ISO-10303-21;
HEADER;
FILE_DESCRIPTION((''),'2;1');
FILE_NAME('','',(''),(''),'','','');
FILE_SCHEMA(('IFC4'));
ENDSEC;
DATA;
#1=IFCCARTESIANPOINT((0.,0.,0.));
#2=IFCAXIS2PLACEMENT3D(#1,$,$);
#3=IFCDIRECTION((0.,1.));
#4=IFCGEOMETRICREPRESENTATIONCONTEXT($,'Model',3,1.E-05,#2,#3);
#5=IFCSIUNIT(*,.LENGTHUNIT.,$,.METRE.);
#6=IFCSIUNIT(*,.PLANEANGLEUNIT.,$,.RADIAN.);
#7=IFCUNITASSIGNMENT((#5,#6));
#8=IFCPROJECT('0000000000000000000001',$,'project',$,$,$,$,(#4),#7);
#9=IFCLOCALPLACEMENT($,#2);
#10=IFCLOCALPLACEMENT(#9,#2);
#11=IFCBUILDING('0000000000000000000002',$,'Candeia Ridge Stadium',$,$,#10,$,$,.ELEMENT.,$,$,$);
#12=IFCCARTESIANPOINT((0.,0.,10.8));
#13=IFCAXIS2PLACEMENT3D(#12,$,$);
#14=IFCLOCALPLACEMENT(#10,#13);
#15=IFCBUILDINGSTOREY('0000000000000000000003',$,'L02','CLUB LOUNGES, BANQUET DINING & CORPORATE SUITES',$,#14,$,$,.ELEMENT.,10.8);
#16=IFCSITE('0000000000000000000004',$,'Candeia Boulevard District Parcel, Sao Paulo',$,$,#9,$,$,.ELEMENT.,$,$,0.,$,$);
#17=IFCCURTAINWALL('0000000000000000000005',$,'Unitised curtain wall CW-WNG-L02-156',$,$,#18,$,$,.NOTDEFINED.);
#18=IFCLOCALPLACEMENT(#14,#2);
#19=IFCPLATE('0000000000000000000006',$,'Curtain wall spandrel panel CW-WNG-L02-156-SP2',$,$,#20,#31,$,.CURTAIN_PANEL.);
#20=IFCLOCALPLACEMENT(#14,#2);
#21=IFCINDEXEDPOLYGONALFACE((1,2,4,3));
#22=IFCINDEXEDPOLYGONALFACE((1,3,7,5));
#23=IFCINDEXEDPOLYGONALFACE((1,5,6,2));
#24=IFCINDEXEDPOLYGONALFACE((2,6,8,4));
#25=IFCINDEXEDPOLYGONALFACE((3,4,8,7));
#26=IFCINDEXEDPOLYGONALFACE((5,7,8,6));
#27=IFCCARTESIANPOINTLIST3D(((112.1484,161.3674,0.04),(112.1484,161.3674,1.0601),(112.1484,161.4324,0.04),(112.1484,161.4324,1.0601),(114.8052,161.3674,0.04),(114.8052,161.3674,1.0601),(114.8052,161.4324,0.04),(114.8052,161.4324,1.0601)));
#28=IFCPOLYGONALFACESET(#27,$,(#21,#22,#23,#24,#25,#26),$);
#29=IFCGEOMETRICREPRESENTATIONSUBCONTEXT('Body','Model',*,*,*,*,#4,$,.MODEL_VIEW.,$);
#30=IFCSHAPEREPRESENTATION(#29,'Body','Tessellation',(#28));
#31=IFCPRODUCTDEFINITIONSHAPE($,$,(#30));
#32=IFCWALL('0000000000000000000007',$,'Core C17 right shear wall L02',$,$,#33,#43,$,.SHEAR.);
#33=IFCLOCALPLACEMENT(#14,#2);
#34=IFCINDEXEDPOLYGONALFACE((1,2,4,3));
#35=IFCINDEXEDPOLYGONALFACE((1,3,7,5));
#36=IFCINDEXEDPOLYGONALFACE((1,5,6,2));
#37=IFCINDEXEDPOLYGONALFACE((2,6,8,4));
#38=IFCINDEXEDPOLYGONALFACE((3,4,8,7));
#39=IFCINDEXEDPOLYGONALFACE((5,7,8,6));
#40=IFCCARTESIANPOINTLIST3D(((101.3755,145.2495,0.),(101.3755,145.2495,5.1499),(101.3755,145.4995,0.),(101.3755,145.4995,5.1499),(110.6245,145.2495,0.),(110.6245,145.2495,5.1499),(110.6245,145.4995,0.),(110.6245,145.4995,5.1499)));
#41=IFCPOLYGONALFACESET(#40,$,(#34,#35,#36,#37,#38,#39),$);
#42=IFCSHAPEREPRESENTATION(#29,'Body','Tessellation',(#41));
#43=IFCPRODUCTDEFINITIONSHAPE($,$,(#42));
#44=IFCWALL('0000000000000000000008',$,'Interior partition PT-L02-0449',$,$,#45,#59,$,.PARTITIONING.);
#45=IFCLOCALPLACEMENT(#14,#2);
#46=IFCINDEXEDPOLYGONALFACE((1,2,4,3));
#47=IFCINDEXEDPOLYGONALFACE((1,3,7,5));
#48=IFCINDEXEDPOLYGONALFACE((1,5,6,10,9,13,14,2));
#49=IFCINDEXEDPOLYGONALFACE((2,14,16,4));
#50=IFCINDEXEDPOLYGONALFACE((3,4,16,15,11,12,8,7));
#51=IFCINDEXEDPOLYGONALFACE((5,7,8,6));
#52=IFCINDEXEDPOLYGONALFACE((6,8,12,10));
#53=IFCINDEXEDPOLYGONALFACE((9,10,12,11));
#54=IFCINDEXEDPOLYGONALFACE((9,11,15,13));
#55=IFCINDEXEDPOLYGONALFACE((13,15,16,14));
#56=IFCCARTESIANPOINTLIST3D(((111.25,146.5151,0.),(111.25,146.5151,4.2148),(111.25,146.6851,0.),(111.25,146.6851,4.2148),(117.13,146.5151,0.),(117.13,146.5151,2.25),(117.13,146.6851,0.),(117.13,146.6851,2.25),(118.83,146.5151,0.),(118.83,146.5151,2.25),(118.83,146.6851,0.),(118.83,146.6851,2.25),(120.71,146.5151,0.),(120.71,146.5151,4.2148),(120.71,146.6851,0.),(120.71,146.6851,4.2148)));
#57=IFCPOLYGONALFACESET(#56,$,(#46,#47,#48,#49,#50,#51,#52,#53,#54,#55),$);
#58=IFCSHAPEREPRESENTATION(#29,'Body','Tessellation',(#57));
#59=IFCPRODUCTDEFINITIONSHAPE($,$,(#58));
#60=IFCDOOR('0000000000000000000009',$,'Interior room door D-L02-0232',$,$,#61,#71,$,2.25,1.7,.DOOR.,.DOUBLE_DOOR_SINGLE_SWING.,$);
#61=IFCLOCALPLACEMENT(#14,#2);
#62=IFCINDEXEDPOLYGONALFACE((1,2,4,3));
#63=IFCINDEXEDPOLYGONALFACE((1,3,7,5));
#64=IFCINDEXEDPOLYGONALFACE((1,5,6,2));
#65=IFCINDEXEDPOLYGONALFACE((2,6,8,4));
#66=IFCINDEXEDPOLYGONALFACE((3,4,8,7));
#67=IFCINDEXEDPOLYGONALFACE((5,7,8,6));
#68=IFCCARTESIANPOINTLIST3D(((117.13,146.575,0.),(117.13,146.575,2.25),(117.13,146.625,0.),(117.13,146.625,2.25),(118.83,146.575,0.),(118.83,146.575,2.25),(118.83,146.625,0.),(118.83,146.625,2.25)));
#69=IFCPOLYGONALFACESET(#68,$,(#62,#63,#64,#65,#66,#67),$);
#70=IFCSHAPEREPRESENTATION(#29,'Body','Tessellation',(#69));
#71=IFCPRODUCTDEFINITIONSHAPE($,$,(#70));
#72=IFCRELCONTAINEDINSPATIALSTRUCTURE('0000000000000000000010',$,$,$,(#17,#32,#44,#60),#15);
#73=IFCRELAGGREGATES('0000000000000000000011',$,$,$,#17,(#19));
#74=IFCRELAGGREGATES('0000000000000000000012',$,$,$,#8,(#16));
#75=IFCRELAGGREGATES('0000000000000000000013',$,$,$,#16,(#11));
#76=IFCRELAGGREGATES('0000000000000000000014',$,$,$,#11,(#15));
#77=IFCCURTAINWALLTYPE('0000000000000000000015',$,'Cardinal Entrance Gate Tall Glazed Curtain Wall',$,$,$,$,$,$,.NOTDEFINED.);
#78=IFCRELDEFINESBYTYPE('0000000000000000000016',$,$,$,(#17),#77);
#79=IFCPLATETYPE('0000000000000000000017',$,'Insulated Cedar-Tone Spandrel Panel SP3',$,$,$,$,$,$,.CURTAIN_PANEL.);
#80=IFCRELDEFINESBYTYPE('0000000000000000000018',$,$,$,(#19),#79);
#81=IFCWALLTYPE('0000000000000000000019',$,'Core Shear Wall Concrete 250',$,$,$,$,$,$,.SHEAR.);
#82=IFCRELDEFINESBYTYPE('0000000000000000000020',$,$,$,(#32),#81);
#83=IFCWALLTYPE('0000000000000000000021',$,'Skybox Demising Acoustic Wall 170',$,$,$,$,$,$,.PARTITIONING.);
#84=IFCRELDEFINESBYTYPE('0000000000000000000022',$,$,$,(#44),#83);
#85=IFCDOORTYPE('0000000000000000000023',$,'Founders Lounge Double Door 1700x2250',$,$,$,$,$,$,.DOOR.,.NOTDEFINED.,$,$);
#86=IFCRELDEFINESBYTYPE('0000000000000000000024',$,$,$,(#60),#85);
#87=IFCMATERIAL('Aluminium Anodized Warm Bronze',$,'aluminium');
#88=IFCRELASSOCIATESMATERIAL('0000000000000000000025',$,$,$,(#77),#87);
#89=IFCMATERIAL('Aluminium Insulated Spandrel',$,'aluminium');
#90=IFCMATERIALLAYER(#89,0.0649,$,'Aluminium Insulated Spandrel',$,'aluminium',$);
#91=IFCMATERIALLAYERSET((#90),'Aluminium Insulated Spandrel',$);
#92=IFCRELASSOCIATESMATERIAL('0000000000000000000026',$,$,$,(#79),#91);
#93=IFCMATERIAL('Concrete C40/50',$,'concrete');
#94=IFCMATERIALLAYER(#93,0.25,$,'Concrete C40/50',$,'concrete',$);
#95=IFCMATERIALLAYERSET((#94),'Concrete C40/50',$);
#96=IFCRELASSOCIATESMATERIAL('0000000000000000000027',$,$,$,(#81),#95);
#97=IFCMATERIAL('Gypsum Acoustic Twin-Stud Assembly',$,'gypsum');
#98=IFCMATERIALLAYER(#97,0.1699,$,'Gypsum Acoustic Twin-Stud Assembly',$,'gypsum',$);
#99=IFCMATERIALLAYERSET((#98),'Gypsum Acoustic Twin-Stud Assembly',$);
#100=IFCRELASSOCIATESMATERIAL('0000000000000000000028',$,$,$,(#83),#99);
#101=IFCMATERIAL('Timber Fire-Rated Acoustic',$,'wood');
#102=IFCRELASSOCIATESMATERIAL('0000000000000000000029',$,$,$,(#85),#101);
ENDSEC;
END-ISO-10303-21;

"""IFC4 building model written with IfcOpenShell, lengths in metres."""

from ifc_helpers import new_model, si_unit, direction, frame, frame_2d, origin, origin_2d, place, context, subcontext, project, spatial, rectangle, extrude, material, layer, layer_set, type_object, element, fill, aggregate, save


model = new_model("IFC4")

# Units and contexts
model_context = context("Model", 3, precision=1e-05, world=origin(), true_north=direction((0.0, 1.0)))
body_context = subcontext(model_context, "Body", "Model", "MODEL_VIEW")
ifc_project = project(units=[si_unit("LENGTHUNIT", "METRE"), si_unit("PLANEANGLEUNIT", "RADIAN")], contexts=[model_context])

# Site, building, storey
site_placement = place(None, origin())
site = spatial("IfcSite", under=ifc_project, at=site_placement, Name="Candeia Boulevard District Parcel, Sao Paulo", CompositionType="ELEMENT", RefElevation=0.0)
building_placement = place(site_placement, origin())
building = spatial("IfcBuilding", under=site, at=building_placement, Name="Candeia Ridge Stadium", CompositionType="ELEMENT")
storey_placement = place(building_placement, frame((0.0, 0.0, 10.8)))
storey = spatial("IfcBuildingStorey", under=building, at=storey_placement, Name="L02", Description="CLUB LOUNGES, BANQUET DINING & CORPORATE SUITES", CompositionType="ELEMENT", Elevation=10.8)

# Curtain wall
ifc_material_1 = material(Name="Aluminium Anodized Warm Bronze", Category="aluminium")
curtain_wall_type = type_object("IfcCurtainWallType", Name="Cardinal Entrance Gate Tall Glazed Curtain Wall", PredefinedType="NOTDEFINED", material=ifc_material_1)
curtain_wall_placement = place(storey_placement, origin())
curtain_wall = element("IfcCurtainWall", 1, at=curtain_wall_placement, inside=storey, type_object=curtain_wall_type, Name="Unitised curtain wall CW-WNG-L02-156", PredefinedType="NOTDEFINED")

# Plate
ifc_material_2 = material(Name="Aluminium Insulated Spandrel", Category="aluminium")
ifc_layer_1 = layer(ifc_material_2, 0.0649, Name="Aluminium Insulated Spandrel", Category="aluminium")
ifc_layer_set_1 = layer_set([ifc_layer_1], Name="Aluminium Insulated Spandrel")
plate_type_1 = type_object("IfcPlateType", Name="Insulated Cedar-Tone Spandrel Panel SP3", PredefinedType="CURTAIN_PANEL", material=ifc_layer_set_1)
plate_1_placement = place(storey_placement, frame((113.4768, 161.3999, 0.04), z_axis=(0.0, 0.0, 1.0), x_axis=(1.0, 0.0, 0.0)))
plate_1 = element("IfcPlate", 2, at=plate_1_placement, type_object=plate_type_1, Name="Curtain wall spandrel panel CW-WNG-L02-156-SP2", PredefinedType="CURTAIN_PANEL", context=body_context, shape_type="SweptSolid", body=[
    extrude(rectangle(XDim=2.6567, YDim=0.0649, at=origin_2d()), origin(), (0.0, 0.0, 1.0), 1.02),
])
aggregate(curtain_wall, [plate_1])

# Wall
ifc_material_3 = material(Name="Concrete C40/50", Category="concrete")
ifc_layer_2 = layer(ifc_material_3, 0.25, Name="Concrete C40/50", Category="concrete")
ifc_layer_set_2 = layer_set([ifc_layer_2], Name="Concrete C40/50")
wall_type_1 = type_object("IfcWallType", Name="Core Shear Wall Concrete 250", PredefinedType="SHEAR", material=ifc_layer_set_2)
wall_1_placement = place(storey_placement, frame((110.6245, 145.3745, 0.0), z_axis=(0.0, 0.0, 1.0), x_axis=(-1.0, 0.0, 0.0)))
element("IfcWall", 3, at=wall_1_placement, inside=storey, type_object=wall_type_1, Name="Core C17 right shear wall L02", PredefinedType="SHEAR", context=body_context, shape_type="SweptSolid", body=[
    extrude(rectangle(XDim=9.249, YDim=0.25, at=frame_2d((4.6245, 0.0))), origin(), (0.0, 0.0, 1.0), 5.1499),
])

# Wall, opening, door
ifc_material_4 = material(Name="Gypsum Acoustic Twin-Stud Assembly", Category="gypsum")
ifc_layer_3 = layer(ifc_material_4, 0.1699, Name="Gypsum Acoustic Twin-Stud Assembly", Category="gypsum")
ifc_layer_set_3 = layer_set([ifc_layer_3], Name="Gypsum Acoustic Twin-Stud Assembly")
wall_type_2 = type_object("IfcWallType", Name="Skybox Demising Acoustic Wall 170", PredefinedType="PARTITIONING", material=ifc_layer_set_3)
wall_2_placement = place(storey_placement, frame((111.25, 146.6001, 0.0), z_axis=(0.0, 0.0, 1.0), x_axis=(1.0, 0.0, 0.0)))
wall_2 = element("IfcWall", 4, at=wall_2_placement, inside=storey, type_object=wall_type_2, Name="Interior partition PT-L02-0449", PredefinedType="PARTITIONING", context=body_context, shape_type="SweptSolid", body=[
    extrude(rectangle(XDim=9.46, YDim=0.1699, at=frame_2d((4.73, 0.0))), origin(), (0.0, 0.0, 1.0), 4.2148),
])
opening_placement = place(wall_2_placement, frame((5.8799, 0.0, 0.0)))
opening = element("IfcOpeningElement", 5, at=opening_placement, cuts=wall_2, PredefinedType="OPENING", context=body_context, shape_type="SweptSolid", body=[
    extrude(rectangle(XDim=1.7, YDim=2.25, at=frame_2d((0.8501, 1.125))), frame((0.0, 0.095, 0.0), z_axis=(0.0, -1.0, 0.0), x_axis=(1.0, 0.0, 0.0)), (0.0, 0.0, 1.0), 0.1899),
])
ifc_material_5 = material(Name="Timber Fire-Rated Acoustic", Category="wood")
door_type = type_object("IfcDoorType", Name="Founders Lounge Double Door 1700x2250", OperationType="NOTDEFINED", PredefinedType="DOOR", material=ifc_material_5)
door_placement = place(opening_placement, origin())
door = element("IfcDoor", 6, at=door_placement, inside=storey, type_object=door_type, Name="Interior room door D-L02-0232", OperationType="DOUBLE_DOOR_SINGLE_SWING", OverallHeight=2.25, OverallWidth=1.7, PredefinedType="DOOR", context=body_context, shape_type="SweptSolid", body=[
    extrude(rectangle(XDim=1.7, YDim=2.25, at=frame_2d((0.8501, 1.125))), frame((0.0, 0.0249, 0.0), z_axis=(0.0, -1.0, 0.0), x_axis=(1.0, 0.0, 0.0)), (0.0, 0.0, 1.0), 0.05),
])
fill(opening, door)

save(model, "model.ifc")
